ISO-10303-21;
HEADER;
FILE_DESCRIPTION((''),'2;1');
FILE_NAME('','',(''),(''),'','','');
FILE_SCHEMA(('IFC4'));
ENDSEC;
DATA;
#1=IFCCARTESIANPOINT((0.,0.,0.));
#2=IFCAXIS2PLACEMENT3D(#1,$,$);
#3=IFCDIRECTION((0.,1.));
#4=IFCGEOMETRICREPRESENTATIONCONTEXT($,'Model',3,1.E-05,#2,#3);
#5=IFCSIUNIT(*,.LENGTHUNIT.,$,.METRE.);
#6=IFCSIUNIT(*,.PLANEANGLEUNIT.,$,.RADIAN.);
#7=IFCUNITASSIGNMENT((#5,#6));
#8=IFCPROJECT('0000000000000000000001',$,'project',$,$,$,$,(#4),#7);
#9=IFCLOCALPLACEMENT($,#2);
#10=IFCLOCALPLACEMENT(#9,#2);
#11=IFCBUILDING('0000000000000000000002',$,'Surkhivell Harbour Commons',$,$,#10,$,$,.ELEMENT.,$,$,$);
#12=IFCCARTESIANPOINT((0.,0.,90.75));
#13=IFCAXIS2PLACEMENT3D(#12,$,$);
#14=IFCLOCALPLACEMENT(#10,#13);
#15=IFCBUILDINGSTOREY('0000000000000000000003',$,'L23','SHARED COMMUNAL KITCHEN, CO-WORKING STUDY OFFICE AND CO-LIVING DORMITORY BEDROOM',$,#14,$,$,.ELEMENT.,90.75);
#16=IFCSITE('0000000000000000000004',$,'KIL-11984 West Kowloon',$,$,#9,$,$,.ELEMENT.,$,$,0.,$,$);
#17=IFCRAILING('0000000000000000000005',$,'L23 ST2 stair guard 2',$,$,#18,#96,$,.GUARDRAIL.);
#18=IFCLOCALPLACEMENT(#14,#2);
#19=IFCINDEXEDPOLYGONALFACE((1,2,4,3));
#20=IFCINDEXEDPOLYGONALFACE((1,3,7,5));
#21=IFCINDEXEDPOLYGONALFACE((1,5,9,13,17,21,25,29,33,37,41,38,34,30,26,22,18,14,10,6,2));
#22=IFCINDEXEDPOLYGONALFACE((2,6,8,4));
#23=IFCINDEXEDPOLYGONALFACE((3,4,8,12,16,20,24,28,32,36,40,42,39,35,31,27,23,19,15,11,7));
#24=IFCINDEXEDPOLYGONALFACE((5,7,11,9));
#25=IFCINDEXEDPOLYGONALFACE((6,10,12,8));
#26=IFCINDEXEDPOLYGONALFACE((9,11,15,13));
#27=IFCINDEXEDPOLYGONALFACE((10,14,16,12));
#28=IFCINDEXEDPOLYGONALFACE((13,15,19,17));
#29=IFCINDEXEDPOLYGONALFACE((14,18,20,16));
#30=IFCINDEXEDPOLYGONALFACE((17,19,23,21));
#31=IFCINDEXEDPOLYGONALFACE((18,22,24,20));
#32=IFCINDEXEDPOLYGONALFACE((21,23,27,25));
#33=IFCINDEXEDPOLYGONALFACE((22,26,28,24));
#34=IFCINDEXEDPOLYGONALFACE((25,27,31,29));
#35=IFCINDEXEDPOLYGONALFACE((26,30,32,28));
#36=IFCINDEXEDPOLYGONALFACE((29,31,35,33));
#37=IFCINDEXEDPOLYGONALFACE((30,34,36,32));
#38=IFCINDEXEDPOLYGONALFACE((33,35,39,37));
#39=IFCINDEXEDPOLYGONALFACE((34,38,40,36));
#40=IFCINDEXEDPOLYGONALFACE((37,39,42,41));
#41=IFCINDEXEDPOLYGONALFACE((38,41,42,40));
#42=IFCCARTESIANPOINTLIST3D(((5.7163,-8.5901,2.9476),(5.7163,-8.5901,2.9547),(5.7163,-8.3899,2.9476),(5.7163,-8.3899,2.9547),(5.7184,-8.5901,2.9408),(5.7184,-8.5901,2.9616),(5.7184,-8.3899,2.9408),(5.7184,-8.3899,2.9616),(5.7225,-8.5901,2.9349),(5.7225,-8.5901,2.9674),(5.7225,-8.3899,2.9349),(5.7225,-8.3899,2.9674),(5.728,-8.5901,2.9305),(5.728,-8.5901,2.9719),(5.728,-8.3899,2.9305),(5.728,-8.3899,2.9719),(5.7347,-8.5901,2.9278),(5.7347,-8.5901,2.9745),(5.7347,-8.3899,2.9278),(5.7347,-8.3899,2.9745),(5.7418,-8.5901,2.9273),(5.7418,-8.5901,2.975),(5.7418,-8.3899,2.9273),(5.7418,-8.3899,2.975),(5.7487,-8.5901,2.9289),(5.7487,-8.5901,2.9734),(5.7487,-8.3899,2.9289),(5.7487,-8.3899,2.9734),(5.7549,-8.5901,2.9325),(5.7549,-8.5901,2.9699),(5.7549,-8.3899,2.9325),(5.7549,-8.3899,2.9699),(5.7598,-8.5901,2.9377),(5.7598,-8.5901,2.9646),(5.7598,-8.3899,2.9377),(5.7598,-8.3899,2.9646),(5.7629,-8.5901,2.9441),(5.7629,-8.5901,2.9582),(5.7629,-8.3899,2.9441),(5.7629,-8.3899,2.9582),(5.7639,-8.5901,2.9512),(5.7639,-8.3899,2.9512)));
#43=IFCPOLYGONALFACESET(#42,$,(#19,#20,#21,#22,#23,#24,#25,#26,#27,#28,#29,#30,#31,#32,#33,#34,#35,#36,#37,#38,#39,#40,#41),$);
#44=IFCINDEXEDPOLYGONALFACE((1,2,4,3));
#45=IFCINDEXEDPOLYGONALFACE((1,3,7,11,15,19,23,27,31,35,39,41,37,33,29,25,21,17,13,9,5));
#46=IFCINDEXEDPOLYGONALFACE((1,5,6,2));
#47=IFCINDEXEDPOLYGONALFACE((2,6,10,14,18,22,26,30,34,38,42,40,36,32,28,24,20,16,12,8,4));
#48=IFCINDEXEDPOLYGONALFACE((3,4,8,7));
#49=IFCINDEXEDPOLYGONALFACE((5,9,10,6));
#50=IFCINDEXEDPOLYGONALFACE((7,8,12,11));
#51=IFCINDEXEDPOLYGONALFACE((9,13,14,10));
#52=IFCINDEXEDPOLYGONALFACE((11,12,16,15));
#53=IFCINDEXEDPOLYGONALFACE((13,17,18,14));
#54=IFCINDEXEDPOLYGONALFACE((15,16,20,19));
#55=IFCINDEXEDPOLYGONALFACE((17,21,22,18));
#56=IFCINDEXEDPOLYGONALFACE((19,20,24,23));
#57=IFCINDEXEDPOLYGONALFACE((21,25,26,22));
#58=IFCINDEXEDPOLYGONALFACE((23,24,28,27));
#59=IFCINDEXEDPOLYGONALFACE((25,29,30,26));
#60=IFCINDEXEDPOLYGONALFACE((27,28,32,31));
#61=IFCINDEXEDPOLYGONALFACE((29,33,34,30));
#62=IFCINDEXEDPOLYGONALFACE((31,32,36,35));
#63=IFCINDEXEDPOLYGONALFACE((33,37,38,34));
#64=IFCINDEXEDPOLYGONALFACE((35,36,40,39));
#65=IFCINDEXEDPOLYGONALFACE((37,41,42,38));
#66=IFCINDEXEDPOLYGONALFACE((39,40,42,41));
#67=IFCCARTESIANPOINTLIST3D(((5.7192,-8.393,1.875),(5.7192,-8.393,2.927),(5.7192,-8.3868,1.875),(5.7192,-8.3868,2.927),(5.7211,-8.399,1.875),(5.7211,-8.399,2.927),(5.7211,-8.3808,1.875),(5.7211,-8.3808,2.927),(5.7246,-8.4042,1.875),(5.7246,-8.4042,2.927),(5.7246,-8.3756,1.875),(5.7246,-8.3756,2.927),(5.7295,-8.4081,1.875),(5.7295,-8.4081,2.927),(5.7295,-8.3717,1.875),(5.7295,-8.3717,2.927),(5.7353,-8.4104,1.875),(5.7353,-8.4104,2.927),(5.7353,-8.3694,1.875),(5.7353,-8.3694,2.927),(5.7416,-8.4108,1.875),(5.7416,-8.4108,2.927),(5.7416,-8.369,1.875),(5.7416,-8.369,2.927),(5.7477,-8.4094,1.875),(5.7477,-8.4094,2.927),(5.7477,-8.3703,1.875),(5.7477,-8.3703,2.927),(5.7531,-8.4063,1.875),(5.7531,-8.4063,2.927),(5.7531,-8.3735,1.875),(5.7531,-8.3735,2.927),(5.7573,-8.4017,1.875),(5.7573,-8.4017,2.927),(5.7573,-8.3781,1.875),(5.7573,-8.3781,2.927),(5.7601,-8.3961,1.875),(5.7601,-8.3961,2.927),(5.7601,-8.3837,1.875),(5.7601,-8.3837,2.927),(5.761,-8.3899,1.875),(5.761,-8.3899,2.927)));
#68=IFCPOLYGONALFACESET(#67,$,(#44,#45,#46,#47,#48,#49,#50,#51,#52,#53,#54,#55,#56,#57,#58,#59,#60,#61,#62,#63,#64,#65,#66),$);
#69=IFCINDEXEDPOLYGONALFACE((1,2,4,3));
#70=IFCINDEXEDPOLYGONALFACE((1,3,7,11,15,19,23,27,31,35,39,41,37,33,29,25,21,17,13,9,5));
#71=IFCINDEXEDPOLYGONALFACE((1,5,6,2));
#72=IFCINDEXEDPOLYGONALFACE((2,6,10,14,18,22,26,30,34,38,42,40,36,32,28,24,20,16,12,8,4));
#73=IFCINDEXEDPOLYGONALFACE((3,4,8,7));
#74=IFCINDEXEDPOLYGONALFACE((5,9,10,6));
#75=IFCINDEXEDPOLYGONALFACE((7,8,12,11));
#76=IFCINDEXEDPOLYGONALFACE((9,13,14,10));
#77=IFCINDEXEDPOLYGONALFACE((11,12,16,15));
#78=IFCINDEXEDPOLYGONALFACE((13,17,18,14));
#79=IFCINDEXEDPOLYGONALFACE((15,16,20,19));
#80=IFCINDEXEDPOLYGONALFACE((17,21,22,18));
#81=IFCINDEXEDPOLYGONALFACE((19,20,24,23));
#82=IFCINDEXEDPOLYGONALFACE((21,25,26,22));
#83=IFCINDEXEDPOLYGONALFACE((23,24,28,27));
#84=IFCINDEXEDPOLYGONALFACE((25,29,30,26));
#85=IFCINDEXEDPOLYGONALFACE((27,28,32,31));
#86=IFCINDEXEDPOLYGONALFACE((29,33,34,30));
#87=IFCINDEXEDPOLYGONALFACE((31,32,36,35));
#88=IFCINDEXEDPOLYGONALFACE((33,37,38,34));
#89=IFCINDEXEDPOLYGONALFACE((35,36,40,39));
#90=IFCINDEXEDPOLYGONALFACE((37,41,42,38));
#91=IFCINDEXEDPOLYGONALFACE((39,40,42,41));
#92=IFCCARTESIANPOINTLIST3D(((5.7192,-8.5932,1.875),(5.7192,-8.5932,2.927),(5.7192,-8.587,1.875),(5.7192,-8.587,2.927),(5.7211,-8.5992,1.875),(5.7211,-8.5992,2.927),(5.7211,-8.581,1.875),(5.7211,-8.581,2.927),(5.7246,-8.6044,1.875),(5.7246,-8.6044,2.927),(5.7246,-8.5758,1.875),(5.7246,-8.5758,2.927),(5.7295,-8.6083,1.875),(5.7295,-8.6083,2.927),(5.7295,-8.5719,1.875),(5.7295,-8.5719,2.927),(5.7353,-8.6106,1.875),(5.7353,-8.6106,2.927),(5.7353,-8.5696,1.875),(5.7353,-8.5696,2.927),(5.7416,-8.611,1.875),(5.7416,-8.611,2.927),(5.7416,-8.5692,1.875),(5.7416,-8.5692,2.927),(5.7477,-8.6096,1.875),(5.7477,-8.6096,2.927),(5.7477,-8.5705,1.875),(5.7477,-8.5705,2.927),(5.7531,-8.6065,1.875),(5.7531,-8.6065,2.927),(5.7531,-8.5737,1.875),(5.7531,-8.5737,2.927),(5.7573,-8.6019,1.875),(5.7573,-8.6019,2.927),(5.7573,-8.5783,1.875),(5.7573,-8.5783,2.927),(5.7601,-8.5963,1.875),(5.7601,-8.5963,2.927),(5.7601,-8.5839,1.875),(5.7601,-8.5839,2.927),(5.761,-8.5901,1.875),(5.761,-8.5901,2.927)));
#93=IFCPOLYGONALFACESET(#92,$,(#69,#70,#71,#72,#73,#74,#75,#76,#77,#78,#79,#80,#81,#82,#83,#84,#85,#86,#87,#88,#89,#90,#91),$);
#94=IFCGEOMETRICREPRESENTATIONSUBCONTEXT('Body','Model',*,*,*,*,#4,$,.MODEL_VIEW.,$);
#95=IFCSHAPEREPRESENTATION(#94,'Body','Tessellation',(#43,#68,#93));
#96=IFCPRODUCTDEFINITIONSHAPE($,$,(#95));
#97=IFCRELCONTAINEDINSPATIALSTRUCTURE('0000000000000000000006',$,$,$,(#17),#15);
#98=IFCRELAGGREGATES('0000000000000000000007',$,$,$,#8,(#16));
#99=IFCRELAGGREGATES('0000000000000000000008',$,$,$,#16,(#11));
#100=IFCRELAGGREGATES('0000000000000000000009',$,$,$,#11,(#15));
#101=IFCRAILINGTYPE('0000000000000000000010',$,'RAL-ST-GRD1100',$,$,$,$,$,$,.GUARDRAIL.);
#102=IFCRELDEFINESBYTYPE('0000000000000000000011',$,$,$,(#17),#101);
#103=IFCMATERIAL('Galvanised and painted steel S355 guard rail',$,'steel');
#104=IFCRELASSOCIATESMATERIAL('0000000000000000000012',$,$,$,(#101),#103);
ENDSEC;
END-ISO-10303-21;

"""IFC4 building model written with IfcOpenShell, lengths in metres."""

from ifc_helpers import new_model, si_unit, direction, frame, origin, origin_2d, place, context, subcontext, project, spatial, circle, extrude, material, type_object, element, save


model = new_model("IFC4")

# Units and contexts
model_context = context("Model", 3, precision=1e-05, world=origin(), true_north=direction((0.0, 1.0)))
body_context = subcontext(model_context, "Body", "Model", "MODEL_VIEW")
ifc_project = project(units=[si_unit("LENGTHUNIT", "METRE"), si_unit("PLANEANGLEUNIT", "RADIAN")], contexts=[model_context])

# Site, building, storey
site_placement = place(None, origin())
site = spatial("IfcSite", under=ifc_project, at=site_placement, Name="KIL-11984 West Kowloon", CompositionType="ELEMENT", RefElevation=0.0)
building_placement = place(site_placement, origin())
building = spatial("IfcBuilding", under=site, at=building_placement, Name="Surkhivell Harbour Commons", CompositionType="ELEMENT")
storey_placement = place(building_placement, frame((0.0, 0.0, 90.75)))
storey = spatial("IfcBuildingStorey", under=building, at=storey_placement, Name="L23", Description="SHARED COMMUNAL KITCHEN, CO-WORKING STUDY OFFICE AND CO-LIVING DORMITORY BEDROOM", CompositionType="ELEMENT", Elevation=90.75)

# Railing
ifc_material_1 = material(Name="Galvanised and painted steel S355 guard rail", Category="steel")
railing_type_1 = type_object("IfcRailingType", Name="RAL-ST-GRD1100", PredefinedType="GUARDRAIL", material=ifc_material_1)
railing_1_placement = place(storey_placement, frame((5.74, -8.3899, 1.875)))
element("IfcRailing", 1, at=railing_1_placement, inside=storey, type_object=railing_type_1, Name="L23 ST2 stair guard 2", PredefinedType="GUARDRAIL", context=body_context, shape_type="SweptSolid", body=[
    extrude(circle(Radius=0.0239, at=origin_2d()), frame((0.0, 0.0, 1.0762), z_axis=(0.0, -1.0, 0.0), x_axis=(1.0, 0.0, 0.0)), (0.0, 0.0, 1.0), 0.2002),
    extrude(circle(Radius=0.021, at=origin_2d()), origin(), (0.0, 0.0, 1.0), 1.052),
    extrude(circle(Radius=0.021, at=origin_2d()), frame((0.0, -0.2002, 0.0)), (0.0, 0.0, 1.0), 1.052),
])

save(model, "model.ifc")
